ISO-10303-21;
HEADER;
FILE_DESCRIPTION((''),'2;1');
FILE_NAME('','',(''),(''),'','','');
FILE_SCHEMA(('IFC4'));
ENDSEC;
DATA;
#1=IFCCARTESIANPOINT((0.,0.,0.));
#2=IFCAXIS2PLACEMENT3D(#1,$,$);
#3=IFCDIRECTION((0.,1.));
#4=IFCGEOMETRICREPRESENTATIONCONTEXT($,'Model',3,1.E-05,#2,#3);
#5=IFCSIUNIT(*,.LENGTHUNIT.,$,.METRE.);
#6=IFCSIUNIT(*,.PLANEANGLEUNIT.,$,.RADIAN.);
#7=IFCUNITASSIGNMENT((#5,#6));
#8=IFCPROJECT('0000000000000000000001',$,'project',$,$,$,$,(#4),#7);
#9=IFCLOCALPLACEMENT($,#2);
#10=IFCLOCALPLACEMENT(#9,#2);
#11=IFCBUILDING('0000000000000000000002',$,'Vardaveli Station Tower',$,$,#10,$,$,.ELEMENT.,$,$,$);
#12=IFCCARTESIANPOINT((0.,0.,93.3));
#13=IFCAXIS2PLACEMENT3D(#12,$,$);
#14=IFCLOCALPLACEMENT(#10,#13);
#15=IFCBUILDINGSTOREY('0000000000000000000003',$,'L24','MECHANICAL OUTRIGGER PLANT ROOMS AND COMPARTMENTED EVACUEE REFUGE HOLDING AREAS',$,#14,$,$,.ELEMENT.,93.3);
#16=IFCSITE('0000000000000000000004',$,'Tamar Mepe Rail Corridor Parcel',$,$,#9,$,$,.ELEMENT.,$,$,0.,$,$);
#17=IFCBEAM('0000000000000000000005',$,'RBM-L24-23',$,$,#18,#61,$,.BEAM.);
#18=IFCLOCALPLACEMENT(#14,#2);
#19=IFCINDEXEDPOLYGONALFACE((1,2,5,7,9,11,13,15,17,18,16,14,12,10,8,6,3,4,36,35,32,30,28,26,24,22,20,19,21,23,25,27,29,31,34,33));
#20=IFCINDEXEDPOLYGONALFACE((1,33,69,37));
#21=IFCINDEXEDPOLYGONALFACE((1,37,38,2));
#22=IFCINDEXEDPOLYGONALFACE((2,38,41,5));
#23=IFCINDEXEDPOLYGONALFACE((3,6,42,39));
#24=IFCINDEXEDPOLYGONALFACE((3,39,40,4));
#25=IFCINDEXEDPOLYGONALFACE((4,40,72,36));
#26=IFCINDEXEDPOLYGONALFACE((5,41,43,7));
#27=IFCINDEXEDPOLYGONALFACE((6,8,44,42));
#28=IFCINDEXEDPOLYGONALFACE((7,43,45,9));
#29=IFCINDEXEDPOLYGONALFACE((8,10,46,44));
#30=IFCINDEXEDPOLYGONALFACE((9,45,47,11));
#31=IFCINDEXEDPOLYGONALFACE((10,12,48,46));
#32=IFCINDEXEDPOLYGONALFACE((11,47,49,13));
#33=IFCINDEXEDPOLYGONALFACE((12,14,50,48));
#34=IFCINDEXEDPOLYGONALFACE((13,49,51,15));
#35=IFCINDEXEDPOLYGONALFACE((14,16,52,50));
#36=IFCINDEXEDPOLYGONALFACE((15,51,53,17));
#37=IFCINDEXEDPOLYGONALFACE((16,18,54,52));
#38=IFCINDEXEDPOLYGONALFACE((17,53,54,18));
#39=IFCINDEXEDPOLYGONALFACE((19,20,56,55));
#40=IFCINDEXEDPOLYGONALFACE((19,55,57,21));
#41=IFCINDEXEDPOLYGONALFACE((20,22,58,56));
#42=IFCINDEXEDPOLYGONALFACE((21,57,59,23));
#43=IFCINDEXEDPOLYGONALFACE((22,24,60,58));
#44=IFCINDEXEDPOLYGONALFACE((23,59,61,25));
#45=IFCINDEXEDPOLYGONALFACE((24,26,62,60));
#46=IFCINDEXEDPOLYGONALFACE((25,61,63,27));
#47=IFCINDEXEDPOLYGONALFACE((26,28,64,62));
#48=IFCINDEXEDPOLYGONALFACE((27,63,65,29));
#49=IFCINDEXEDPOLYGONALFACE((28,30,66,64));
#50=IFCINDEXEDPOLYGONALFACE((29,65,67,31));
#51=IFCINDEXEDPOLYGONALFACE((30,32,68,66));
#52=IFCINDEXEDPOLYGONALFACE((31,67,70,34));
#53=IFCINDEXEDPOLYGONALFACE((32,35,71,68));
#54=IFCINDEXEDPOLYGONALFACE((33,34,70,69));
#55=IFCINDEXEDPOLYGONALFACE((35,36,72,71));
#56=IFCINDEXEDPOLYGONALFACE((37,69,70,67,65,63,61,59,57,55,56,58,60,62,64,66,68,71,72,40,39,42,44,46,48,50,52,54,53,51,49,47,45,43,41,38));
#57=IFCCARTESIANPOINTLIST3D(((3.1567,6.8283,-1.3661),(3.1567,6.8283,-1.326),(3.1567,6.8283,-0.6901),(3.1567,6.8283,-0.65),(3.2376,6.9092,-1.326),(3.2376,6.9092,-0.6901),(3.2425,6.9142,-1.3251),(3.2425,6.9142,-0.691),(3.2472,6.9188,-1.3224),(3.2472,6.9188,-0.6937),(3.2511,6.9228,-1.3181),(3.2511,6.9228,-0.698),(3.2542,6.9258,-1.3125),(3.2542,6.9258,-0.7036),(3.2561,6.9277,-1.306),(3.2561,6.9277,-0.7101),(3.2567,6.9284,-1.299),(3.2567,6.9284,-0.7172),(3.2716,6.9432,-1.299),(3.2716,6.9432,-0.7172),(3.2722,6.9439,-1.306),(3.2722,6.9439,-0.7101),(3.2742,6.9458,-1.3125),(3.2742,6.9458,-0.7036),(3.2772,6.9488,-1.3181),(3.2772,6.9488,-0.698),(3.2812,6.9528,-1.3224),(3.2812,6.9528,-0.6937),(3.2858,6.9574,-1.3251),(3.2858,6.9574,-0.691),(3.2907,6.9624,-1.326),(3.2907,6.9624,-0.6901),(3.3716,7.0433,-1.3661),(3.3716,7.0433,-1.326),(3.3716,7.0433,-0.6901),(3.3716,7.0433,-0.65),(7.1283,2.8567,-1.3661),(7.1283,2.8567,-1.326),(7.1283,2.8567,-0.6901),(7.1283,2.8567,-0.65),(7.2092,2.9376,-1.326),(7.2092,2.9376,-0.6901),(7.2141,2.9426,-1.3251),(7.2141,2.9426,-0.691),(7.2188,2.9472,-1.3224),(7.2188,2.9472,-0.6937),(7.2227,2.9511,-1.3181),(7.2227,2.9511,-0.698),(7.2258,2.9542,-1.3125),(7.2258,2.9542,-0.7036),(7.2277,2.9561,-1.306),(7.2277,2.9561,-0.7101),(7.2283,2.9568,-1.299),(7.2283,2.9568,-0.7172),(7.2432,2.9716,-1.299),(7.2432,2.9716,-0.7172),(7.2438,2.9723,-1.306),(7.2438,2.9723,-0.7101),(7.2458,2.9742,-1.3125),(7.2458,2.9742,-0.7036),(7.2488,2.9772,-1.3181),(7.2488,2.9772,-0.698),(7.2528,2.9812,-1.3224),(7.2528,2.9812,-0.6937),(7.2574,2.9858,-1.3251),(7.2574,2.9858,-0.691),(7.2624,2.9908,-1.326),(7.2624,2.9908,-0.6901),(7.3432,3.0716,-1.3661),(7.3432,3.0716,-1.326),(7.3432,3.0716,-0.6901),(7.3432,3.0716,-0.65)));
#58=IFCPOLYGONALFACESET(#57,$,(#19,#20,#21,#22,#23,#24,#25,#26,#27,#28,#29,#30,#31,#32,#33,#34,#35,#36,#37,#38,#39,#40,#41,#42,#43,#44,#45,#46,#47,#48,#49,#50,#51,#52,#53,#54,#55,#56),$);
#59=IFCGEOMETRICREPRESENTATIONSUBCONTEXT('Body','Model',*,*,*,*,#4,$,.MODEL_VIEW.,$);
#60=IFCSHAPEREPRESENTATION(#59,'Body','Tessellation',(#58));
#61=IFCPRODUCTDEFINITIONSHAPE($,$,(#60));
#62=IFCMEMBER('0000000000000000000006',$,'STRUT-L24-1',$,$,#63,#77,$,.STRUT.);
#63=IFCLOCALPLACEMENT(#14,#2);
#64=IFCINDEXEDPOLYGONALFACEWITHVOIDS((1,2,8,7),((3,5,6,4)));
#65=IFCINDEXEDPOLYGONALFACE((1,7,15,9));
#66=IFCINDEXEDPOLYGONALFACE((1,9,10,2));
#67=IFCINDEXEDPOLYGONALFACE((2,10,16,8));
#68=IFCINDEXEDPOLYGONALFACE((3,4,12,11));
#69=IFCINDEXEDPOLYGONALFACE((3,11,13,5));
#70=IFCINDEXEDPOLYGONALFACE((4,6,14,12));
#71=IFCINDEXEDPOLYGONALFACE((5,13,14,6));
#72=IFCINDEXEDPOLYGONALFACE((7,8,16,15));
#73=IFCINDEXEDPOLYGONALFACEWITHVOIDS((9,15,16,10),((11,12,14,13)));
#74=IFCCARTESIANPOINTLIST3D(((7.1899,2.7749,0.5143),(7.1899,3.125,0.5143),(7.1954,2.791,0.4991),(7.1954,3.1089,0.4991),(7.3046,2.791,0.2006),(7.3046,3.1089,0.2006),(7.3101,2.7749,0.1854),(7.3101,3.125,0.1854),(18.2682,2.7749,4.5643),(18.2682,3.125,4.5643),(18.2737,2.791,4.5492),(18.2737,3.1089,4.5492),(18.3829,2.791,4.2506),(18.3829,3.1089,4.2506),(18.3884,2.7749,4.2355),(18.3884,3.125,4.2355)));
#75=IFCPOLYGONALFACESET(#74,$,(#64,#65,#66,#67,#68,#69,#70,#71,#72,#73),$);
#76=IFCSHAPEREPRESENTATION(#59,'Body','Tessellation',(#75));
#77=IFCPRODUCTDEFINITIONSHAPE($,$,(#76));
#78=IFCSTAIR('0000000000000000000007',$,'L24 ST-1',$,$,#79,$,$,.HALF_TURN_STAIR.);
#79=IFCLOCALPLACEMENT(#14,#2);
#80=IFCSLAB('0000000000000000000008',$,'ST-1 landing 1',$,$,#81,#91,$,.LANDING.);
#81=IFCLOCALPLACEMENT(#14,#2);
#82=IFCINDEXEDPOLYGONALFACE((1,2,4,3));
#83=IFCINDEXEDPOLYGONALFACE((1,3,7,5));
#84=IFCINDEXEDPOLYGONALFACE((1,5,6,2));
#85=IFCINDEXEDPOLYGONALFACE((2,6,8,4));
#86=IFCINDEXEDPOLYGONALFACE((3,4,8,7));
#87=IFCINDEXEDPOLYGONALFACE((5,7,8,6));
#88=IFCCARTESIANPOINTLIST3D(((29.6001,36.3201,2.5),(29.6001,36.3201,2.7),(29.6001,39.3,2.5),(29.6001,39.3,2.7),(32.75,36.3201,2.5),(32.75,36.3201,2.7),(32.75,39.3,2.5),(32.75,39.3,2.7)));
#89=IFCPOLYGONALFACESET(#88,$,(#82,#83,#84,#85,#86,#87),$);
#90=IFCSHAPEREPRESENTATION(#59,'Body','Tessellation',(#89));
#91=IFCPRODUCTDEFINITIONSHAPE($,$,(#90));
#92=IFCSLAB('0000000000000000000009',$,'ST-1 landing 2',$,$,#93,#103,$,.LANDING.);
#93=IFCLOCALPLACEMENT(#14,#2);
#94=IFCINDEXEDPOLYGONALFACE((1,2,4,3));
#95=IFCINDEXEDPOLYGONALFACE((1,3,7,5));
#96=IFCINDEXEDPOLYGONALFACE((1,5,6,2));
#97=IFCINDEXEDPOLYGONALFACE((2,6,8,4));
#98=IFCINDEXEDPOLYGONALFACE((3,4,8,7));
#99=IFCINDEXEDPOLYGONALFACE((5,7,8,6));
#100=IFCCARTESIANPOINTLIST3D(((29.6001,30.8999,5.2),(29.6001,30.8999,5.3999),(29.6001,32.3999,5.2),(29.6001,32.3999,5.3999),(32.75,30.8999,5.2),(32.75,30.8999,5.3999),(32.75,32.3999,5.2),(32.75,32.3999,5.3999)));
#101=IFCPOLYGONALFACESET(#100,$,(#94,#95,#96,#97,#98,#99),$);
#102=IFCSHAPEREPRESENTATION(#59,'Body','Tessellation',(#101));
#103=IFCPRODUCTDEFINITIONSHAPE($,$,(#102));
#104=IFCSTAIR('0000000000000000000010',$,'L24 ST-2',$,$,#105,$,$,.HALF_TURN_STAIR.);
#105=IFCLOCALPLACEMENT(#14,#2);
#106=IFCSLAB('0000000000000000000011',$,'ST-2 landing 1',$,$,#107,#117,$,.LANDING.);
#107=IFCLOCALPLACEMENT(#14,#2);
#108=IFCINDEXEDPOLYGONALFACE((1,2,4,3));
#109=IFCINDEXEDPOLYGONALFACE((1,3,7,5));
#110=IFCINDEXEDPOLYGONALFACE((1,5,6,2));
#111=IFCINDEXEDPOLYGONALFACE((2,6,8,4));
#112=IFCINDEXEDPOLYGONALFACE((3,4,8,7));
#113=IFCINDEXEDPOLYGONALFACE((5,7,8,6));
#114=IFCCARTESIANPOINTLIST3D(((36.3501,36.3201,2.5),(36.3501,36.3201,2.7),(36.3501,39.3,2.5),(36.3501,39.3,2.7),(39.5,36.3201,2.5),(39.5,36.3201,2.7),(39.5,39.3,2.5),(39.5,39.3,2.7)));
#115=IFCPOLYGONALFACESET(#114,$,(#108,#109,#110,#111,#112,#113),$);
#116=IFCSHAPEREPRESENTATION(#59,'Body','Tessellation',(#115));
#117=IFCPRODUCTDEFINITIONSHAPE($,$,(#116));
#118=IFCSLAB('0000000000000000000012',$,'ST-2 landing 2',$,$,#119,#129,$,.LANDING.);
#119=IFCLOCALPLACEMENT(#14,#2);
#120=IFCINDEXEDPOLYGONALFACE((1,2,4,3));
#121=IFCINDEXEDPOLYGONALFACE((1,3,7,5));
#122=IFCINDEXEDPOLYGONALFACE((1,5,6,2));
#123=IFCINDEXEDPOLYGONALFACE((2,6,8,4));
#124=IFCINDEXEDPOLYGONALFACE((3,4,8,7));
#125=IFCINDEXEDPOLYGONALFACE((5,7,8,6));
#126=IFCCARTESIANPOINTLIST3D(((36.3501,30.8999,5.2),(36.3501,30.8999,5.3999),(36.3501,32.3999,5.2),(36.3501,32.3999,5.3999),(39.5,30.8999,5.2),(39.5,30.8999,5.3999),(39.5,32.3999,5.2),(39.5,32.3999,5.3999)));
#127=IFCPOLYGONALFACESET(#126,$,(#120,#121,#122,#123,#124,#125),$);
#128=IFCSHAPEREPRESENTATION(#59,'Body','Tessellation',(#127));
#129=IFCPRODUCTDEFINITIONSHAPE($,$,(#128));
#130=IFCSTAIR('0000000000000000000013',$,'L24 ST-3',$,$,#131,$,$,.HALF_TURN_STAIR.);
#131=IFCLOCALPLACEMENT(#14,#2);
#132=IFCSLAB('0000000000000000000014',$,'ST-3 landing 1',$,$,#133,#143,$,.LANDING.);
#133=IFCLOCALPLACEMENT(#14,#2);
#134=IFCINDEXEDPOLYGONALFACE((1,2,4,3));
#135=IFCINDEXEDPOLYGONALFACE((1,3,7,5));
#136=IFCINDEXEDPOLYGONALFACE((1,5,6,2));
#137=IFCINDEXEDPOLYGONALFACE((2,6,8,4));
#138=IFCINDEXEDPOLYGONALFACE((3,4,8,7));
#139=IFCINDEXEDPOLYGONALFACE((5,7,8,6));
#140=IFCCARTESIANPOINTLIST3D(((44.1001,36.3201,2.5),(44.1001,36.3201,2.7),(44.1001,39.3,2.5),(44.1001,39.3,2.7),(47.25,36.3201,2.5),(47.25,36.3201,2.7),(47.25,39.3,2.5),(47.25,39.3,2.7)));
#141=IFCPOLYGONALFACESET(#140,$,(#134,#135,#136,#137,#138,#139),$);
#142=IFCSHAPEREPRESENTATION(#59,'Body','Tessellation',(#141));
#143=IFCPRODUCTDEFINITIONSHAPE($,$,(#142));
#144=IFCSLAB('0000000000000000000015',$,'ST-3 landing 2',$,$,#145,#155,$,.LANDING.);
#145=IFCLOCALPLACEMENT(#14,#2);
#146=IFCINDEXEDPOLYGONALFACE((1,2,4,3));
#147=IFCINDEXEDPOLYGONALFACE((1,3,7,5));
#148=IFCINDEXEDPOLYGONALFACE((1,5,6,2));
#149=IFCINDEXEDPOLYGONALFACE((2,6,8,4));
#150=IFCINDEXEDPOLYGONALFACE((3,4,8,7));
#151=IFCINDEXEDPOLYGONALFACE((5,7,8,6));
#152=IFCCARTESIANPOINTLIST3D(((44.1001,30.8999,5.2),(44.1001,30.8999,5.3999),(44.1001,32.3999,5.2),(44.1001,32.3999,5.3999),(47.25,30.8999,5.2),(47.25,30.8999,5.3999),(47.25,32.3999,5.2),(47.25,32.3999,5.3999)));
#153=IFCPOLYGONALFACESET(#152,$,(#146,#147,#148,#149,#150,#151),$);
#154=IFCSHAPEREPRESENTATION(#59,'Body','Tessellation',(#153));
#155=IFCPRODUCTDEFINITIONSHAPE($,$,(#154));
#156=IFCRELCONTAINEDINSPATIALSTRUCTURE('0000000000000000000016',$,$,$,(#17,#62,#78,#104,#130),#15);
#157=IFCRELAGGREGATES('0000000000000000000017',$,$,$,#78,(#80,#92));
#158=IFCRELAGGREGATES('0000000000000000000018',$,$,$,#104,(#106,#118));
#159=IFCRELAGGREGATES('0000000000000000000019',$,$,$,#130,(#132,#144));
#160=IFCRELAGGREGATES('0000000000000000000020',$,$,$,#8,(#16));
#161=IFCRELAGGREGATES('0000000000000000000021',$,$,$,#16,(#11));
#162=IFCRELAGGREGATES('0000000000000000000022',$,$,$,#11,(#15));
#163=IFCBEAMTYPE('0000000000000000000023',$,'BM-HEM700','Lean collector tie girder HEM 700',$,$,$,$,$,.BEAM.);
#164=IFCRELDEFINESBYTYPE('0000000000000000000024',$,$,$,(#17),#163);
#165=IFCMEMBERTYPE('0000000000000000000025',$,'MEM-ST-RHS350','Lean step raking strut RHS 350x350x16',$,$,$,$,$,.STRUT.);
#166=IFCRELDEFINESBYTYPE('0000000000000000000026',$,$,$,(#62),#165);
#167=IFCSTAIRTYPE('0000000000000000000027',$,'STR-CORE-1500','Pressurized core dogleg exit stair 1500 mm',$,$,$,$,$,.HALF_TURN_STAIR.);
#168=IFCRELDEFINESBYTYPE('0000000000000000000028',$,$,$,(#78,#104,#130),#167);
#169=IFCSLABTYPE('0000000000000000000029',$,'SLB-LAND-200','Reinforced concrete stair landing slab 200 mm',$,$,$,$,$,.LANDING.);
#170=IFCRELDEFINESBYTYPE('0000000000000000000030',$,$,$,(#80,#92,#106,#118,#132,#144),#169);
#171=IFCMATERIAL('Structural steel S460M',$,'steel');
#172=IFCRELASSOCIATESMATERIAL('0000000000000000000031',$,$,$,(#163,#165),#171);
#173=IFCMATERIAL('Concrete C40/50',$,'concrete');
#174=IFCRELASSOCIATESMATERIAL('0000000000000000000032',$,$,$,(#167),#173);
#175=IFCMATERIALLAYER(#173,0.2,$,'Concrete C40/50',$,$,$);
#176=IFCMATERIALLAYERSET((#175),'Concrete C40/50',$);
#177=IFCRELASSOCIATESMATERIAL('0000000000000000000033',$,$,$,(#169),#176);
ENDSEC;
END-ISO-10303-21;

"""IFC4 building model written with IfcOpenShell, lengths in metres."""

from ifc_helpers import new_model, si_unit, direction, frame, origin, origin_2d, place, context, subcontext, project, spatial, polyline, hollow_rectangle, i_section, outline, extrude, source, transform, mapped, material, layer, layer_set, material_profile, profile_set, type_object, element, aggregate, save


model = new_model("IFC4")

# Units and contexts
model_context = context("Model", 3, precision=1e-05, world=origin(), true_north=direction((0.0, 1.0)))
body_context = subcontext(model_context, "Body", "Model", "MODEL_VIEW")
ifc_project = project(units=[si_unit("LENGTHUNIT", "METRE"), si_unit("PLANEANGLEUNIT", "RADIAN")], contexts=[model_context])

# Site, building, storey
site_placement = place(None, origin())
site = spatial("IfcSite", under=ifc_project, at=site_placement, Name="Tamar Mepe Rail Corridor Parcel", CompositionType="ELEMENT", RefElevation=0.0)
building_placement = place(site_placement, origin())
building = spatial("IfcBuilding", under=site, at=building_placement, Name="Vardaveli Station Tower", CompositionType="ELEMENT")
storey_placement = place(building_placement, frame((0.0, 0.0, 93.3)))
storey = spatial("IfcBuildingStorey", under=building, at=storey_placement, Name="L24", Description="MECHANICAL OUTRIGGER PLANT ROOMS AND COMPARTMENTED EVACUEE REFUGE HOLDING AREAS", CompositionType="ELEMENT", Elevation=93.3)

# Shared definitions
ifc_material_1 = material(Name="Structural steel S460M", Category="steel")

# Beam
ifc_material_profile_1 = material_profile(ifc_material_1, i_section(OverallWidth=0.304, OverallDepth=0.7161, WebThickness=0.021, FlangeThickness=0.04, FilletRadius=0.0271, at=origin_2d()), Name="HEM 700")
ifc_profile_set_1 = profile_set([ifc_material_profile_1], Name="Structural steel S460M")
beam_type = type_object("IfcBeamType", Name="BM-HEM700", Description="Lean collector tie girder HEM 700", PredefinedType="BEAM", material=ifc_profile_set_1)
shared_shape_1 = source(origin(), body_context, "Body", "SweptSolid", [
    extrude(i_section(OverallWidth=0.304, OverallDepth=0.7161, WebThickness=0.021, FlangeThickness=0.04, FilletRadius=0.0271, at=origin_2d()), origin(), (0.0, 0.0, 1.0), 5.6167),
])
beam_1_placement = place(storey_placement, frame((3.2642, 6.9358, -1.0081), z_axis=(0.707107, -0.707107, 0.0), x_axis=(0.707107, 0.707107, 0.0)))
element("IfcBeam", 1, at=beam_1_placement, inside=storey, type_object=beam_type, Name="RBM-L24-23", PredefinedType="BEAM", context=body_context, shape_type="MappedRepresentation", body=[
    mapped(shared_shape_1, transform((0.0, 0.0, 0.0), scale=1.0)),
])

# Member
ifc_material_profile_2 = material_profile(ifc_material_1, hollow_rectangle(XDim=0.3501, YDim=0.3501, WallThickness=0.0161, at=origin_2d()), Name="RHS 350x350x16")
ifc_profile_set_2 = profile_set([ifc_material_profile_2], Name="Structural steel S460M")
member_type = type_object("IfcMemberType", Name="MEM-ST-RHS350", Description="Lean step raking strut RHS 350x350x16", PredefinedType="STRUT", material=ifc_profile_set_2)
shared_shape_2 = source(origin(), body_context, "Body", "SweptSolid", [
    extrude(hollow_rectangle(XDim=0.3501, YDim=0.3501, WallThickness=0.0161, at=origin_2d()), origin(), (0.0, 0.0, 1.0), 11.7954),
])
member_placement = place(storey_placement, frame((7.25, 2.95, 0.3499), z_axis=(0.939205, 0.0, 0.343356), x_axis=(0.0, 1.0, 0.0)))
element("IfcMember", 2, at=member_placement, inside=storey, type_object=member_type, Name="STRUT-L24-1", PredefinedType="STRUT", context=body_context, shape_type="MappedRepresentation", body=[
    mapped(shared_shape_2, transform((0.0, 0.0, 0.0), scale=1.0)),
])

# Stairs, slabs
ifc_material_2 = material(Name="Concrete C40/50", Category="concrete")
stair_type = type_object("IfcStairType", Name="STR-CORE-1500", Description="Pressurized core dogleg exit stair 1500 mm", PredefinedType="HALF_TURN_STAIR", material=ifc_material_2)
stair_1_placement = place(storey_placement, origin())
stair_1 = element("IfcStair", 3, at=stair_1_placement, inside=storey, type_object=stair_type, Name="L24 ST-1", PredefinedType="HALF_TURN_STAIR")
ifc_layer_1 = layer(ifc_material_2, 0.2, Name="Concrete C40/50")
ifc_layer_set_1 = layer_set([ifc_layer_1], Name="Concrete C40/50")
slab_type_1 = type_object("IfcSlabType", Name="SLB-LAND-200", Description="Reinforced concrete stair landing slab 200 mm", PredefinedType="LANDING", material=ifc_layer_set_1)
slab_1_placement = place(storey_placement, frame((0.0, 0.0, 2.5)))
slab_1 = element("IfcSlab", 4, at=slab_1_placement, type_object=slab_type_1, Name="ST-1 landing 1", PredefinedType="LANDING", context=body_context, shape_type="SweptSolid", body=[
    extrude(outline(polyline([(32.75, 36.3201), (32.75, 39.3), (29.6001, 39.3), (29.6001, 36.3201), (32.75, 36.3201)])), origin(), (0.0, 0.0, 1.0), 0.2),
])
slab_2_placement = place(storey_placement, frame((0.0, 0.0, 5.2)))
slab_2 = element("IfcSlab", 5, at=slab_2_placement, type_object=slab_type_1, Name="ST-1 landing 2", PredefinedType="LANDING", context=body_context, shape_type="SweptSolid", body=[
    extrude(outline(polyline([(32.75, 30.8999), (32.75, 32.3999), (29.6001, 32.3999), (29.6001, 30.8999), (32.75, 30.8999)])), origin(), (0.0, 0.0, 1.0), 0.2),
])
aggregate(stair_1, [slab_1, slab_2])
stair_2_placement = place(storey_placement, origin())
stair_2 = element("IfcStair", 6, at=stair_2_placement, inside=storey, type_object=stair_type, Name="L24 ST-2", PredefinedType="HALF_TURN_STAIR")
slab_3_placement = place(storey_placement, frame((0.0, 0.0, 2.5)))
slab_3 = element("IfcSlab", 7, at=slab_3_placement, type_object=slab_type_1, Name="ST-2 landing 1", PredefinedType="LANDING", context=body_context, shape_type="SweptSolid", body=[
    extrude(outline(polyline([(39.5, 36.3201), (39.5, 39.3), (36.3501, 39.3), (36.3501, 36.3201), (39.5, 36.3201)])), origin(), (0.0, 0.0, 1.0), 0.2),
])
slab_4_placement = place(storey_placement, frame((0.0, 0.0, 5.2)))
slab_4 = element("IfcSlab", 8, at=slab_4_placement, type_object=slab_type_1, Name="ST-2 landing 2", PredefinedType="LANDING", context=body_context, shape_type="SweptSolid", body=[
    extrude(outline(polyline([(39.5, 30.8999), (39.5, 32.3999), (36.3501, 32.3999), (36.3501, 30.8999), (39.5, 30.8999)])), origin(), (0.0, 0.0, 1.0), 0.2),
])
aggregate(stair_2, [slab_3, slab_4])
stair_3_placement = place(storey_placement, origin())
stair_3 = element("IfcStair", 9, at=stair_3_placement, inside=storey, type_object=stair_type, Name="L24 ST-3", PredefinedType="HALF_TURN_STAIR")
slab_5_placement = place(storey_placement, frame((0.0, 0.0, 2.5)))
slab_5 = element("IfcSlab", 10, at=slab_5_placement, type_object=slab_type_1, Name="ST-3 landing 1", PredefinedType="LANDING", context=body_context, shape_type="SweptSolid", body=[
    extrude(outline(polyline([(47.25, 36.3201), (47.25, 39.3), (44.1001, 39.3), (44.1001, 36.3201), (47.25, 36.3201)])), origin(), (0.0, 0.0, 1.0), 0.2),
])
slab_6_placement = place(storey_placement, frame((0.0, 0.0, 5.2)))
slab_6 = element("IfcSlab", 11, at=slab_6_placement, type_object=slab_type_1, Name="ST-3 landing 2", PredefinedType="LANDING", context=body_context, shape_type="SweptSolid", body=[
    extrude(outline(polyline([(47.25, 30.8999), (47.25, 32.3999), (44.1001, 32.3999), (44.1001, 30.8999), (47.25, 30.8999)])), origin(), (0.0, 0.0, 1.0), 0.2),
])
aggregate(stair_3, [slab_5, slab_6])

save(model, "model.ifc")
